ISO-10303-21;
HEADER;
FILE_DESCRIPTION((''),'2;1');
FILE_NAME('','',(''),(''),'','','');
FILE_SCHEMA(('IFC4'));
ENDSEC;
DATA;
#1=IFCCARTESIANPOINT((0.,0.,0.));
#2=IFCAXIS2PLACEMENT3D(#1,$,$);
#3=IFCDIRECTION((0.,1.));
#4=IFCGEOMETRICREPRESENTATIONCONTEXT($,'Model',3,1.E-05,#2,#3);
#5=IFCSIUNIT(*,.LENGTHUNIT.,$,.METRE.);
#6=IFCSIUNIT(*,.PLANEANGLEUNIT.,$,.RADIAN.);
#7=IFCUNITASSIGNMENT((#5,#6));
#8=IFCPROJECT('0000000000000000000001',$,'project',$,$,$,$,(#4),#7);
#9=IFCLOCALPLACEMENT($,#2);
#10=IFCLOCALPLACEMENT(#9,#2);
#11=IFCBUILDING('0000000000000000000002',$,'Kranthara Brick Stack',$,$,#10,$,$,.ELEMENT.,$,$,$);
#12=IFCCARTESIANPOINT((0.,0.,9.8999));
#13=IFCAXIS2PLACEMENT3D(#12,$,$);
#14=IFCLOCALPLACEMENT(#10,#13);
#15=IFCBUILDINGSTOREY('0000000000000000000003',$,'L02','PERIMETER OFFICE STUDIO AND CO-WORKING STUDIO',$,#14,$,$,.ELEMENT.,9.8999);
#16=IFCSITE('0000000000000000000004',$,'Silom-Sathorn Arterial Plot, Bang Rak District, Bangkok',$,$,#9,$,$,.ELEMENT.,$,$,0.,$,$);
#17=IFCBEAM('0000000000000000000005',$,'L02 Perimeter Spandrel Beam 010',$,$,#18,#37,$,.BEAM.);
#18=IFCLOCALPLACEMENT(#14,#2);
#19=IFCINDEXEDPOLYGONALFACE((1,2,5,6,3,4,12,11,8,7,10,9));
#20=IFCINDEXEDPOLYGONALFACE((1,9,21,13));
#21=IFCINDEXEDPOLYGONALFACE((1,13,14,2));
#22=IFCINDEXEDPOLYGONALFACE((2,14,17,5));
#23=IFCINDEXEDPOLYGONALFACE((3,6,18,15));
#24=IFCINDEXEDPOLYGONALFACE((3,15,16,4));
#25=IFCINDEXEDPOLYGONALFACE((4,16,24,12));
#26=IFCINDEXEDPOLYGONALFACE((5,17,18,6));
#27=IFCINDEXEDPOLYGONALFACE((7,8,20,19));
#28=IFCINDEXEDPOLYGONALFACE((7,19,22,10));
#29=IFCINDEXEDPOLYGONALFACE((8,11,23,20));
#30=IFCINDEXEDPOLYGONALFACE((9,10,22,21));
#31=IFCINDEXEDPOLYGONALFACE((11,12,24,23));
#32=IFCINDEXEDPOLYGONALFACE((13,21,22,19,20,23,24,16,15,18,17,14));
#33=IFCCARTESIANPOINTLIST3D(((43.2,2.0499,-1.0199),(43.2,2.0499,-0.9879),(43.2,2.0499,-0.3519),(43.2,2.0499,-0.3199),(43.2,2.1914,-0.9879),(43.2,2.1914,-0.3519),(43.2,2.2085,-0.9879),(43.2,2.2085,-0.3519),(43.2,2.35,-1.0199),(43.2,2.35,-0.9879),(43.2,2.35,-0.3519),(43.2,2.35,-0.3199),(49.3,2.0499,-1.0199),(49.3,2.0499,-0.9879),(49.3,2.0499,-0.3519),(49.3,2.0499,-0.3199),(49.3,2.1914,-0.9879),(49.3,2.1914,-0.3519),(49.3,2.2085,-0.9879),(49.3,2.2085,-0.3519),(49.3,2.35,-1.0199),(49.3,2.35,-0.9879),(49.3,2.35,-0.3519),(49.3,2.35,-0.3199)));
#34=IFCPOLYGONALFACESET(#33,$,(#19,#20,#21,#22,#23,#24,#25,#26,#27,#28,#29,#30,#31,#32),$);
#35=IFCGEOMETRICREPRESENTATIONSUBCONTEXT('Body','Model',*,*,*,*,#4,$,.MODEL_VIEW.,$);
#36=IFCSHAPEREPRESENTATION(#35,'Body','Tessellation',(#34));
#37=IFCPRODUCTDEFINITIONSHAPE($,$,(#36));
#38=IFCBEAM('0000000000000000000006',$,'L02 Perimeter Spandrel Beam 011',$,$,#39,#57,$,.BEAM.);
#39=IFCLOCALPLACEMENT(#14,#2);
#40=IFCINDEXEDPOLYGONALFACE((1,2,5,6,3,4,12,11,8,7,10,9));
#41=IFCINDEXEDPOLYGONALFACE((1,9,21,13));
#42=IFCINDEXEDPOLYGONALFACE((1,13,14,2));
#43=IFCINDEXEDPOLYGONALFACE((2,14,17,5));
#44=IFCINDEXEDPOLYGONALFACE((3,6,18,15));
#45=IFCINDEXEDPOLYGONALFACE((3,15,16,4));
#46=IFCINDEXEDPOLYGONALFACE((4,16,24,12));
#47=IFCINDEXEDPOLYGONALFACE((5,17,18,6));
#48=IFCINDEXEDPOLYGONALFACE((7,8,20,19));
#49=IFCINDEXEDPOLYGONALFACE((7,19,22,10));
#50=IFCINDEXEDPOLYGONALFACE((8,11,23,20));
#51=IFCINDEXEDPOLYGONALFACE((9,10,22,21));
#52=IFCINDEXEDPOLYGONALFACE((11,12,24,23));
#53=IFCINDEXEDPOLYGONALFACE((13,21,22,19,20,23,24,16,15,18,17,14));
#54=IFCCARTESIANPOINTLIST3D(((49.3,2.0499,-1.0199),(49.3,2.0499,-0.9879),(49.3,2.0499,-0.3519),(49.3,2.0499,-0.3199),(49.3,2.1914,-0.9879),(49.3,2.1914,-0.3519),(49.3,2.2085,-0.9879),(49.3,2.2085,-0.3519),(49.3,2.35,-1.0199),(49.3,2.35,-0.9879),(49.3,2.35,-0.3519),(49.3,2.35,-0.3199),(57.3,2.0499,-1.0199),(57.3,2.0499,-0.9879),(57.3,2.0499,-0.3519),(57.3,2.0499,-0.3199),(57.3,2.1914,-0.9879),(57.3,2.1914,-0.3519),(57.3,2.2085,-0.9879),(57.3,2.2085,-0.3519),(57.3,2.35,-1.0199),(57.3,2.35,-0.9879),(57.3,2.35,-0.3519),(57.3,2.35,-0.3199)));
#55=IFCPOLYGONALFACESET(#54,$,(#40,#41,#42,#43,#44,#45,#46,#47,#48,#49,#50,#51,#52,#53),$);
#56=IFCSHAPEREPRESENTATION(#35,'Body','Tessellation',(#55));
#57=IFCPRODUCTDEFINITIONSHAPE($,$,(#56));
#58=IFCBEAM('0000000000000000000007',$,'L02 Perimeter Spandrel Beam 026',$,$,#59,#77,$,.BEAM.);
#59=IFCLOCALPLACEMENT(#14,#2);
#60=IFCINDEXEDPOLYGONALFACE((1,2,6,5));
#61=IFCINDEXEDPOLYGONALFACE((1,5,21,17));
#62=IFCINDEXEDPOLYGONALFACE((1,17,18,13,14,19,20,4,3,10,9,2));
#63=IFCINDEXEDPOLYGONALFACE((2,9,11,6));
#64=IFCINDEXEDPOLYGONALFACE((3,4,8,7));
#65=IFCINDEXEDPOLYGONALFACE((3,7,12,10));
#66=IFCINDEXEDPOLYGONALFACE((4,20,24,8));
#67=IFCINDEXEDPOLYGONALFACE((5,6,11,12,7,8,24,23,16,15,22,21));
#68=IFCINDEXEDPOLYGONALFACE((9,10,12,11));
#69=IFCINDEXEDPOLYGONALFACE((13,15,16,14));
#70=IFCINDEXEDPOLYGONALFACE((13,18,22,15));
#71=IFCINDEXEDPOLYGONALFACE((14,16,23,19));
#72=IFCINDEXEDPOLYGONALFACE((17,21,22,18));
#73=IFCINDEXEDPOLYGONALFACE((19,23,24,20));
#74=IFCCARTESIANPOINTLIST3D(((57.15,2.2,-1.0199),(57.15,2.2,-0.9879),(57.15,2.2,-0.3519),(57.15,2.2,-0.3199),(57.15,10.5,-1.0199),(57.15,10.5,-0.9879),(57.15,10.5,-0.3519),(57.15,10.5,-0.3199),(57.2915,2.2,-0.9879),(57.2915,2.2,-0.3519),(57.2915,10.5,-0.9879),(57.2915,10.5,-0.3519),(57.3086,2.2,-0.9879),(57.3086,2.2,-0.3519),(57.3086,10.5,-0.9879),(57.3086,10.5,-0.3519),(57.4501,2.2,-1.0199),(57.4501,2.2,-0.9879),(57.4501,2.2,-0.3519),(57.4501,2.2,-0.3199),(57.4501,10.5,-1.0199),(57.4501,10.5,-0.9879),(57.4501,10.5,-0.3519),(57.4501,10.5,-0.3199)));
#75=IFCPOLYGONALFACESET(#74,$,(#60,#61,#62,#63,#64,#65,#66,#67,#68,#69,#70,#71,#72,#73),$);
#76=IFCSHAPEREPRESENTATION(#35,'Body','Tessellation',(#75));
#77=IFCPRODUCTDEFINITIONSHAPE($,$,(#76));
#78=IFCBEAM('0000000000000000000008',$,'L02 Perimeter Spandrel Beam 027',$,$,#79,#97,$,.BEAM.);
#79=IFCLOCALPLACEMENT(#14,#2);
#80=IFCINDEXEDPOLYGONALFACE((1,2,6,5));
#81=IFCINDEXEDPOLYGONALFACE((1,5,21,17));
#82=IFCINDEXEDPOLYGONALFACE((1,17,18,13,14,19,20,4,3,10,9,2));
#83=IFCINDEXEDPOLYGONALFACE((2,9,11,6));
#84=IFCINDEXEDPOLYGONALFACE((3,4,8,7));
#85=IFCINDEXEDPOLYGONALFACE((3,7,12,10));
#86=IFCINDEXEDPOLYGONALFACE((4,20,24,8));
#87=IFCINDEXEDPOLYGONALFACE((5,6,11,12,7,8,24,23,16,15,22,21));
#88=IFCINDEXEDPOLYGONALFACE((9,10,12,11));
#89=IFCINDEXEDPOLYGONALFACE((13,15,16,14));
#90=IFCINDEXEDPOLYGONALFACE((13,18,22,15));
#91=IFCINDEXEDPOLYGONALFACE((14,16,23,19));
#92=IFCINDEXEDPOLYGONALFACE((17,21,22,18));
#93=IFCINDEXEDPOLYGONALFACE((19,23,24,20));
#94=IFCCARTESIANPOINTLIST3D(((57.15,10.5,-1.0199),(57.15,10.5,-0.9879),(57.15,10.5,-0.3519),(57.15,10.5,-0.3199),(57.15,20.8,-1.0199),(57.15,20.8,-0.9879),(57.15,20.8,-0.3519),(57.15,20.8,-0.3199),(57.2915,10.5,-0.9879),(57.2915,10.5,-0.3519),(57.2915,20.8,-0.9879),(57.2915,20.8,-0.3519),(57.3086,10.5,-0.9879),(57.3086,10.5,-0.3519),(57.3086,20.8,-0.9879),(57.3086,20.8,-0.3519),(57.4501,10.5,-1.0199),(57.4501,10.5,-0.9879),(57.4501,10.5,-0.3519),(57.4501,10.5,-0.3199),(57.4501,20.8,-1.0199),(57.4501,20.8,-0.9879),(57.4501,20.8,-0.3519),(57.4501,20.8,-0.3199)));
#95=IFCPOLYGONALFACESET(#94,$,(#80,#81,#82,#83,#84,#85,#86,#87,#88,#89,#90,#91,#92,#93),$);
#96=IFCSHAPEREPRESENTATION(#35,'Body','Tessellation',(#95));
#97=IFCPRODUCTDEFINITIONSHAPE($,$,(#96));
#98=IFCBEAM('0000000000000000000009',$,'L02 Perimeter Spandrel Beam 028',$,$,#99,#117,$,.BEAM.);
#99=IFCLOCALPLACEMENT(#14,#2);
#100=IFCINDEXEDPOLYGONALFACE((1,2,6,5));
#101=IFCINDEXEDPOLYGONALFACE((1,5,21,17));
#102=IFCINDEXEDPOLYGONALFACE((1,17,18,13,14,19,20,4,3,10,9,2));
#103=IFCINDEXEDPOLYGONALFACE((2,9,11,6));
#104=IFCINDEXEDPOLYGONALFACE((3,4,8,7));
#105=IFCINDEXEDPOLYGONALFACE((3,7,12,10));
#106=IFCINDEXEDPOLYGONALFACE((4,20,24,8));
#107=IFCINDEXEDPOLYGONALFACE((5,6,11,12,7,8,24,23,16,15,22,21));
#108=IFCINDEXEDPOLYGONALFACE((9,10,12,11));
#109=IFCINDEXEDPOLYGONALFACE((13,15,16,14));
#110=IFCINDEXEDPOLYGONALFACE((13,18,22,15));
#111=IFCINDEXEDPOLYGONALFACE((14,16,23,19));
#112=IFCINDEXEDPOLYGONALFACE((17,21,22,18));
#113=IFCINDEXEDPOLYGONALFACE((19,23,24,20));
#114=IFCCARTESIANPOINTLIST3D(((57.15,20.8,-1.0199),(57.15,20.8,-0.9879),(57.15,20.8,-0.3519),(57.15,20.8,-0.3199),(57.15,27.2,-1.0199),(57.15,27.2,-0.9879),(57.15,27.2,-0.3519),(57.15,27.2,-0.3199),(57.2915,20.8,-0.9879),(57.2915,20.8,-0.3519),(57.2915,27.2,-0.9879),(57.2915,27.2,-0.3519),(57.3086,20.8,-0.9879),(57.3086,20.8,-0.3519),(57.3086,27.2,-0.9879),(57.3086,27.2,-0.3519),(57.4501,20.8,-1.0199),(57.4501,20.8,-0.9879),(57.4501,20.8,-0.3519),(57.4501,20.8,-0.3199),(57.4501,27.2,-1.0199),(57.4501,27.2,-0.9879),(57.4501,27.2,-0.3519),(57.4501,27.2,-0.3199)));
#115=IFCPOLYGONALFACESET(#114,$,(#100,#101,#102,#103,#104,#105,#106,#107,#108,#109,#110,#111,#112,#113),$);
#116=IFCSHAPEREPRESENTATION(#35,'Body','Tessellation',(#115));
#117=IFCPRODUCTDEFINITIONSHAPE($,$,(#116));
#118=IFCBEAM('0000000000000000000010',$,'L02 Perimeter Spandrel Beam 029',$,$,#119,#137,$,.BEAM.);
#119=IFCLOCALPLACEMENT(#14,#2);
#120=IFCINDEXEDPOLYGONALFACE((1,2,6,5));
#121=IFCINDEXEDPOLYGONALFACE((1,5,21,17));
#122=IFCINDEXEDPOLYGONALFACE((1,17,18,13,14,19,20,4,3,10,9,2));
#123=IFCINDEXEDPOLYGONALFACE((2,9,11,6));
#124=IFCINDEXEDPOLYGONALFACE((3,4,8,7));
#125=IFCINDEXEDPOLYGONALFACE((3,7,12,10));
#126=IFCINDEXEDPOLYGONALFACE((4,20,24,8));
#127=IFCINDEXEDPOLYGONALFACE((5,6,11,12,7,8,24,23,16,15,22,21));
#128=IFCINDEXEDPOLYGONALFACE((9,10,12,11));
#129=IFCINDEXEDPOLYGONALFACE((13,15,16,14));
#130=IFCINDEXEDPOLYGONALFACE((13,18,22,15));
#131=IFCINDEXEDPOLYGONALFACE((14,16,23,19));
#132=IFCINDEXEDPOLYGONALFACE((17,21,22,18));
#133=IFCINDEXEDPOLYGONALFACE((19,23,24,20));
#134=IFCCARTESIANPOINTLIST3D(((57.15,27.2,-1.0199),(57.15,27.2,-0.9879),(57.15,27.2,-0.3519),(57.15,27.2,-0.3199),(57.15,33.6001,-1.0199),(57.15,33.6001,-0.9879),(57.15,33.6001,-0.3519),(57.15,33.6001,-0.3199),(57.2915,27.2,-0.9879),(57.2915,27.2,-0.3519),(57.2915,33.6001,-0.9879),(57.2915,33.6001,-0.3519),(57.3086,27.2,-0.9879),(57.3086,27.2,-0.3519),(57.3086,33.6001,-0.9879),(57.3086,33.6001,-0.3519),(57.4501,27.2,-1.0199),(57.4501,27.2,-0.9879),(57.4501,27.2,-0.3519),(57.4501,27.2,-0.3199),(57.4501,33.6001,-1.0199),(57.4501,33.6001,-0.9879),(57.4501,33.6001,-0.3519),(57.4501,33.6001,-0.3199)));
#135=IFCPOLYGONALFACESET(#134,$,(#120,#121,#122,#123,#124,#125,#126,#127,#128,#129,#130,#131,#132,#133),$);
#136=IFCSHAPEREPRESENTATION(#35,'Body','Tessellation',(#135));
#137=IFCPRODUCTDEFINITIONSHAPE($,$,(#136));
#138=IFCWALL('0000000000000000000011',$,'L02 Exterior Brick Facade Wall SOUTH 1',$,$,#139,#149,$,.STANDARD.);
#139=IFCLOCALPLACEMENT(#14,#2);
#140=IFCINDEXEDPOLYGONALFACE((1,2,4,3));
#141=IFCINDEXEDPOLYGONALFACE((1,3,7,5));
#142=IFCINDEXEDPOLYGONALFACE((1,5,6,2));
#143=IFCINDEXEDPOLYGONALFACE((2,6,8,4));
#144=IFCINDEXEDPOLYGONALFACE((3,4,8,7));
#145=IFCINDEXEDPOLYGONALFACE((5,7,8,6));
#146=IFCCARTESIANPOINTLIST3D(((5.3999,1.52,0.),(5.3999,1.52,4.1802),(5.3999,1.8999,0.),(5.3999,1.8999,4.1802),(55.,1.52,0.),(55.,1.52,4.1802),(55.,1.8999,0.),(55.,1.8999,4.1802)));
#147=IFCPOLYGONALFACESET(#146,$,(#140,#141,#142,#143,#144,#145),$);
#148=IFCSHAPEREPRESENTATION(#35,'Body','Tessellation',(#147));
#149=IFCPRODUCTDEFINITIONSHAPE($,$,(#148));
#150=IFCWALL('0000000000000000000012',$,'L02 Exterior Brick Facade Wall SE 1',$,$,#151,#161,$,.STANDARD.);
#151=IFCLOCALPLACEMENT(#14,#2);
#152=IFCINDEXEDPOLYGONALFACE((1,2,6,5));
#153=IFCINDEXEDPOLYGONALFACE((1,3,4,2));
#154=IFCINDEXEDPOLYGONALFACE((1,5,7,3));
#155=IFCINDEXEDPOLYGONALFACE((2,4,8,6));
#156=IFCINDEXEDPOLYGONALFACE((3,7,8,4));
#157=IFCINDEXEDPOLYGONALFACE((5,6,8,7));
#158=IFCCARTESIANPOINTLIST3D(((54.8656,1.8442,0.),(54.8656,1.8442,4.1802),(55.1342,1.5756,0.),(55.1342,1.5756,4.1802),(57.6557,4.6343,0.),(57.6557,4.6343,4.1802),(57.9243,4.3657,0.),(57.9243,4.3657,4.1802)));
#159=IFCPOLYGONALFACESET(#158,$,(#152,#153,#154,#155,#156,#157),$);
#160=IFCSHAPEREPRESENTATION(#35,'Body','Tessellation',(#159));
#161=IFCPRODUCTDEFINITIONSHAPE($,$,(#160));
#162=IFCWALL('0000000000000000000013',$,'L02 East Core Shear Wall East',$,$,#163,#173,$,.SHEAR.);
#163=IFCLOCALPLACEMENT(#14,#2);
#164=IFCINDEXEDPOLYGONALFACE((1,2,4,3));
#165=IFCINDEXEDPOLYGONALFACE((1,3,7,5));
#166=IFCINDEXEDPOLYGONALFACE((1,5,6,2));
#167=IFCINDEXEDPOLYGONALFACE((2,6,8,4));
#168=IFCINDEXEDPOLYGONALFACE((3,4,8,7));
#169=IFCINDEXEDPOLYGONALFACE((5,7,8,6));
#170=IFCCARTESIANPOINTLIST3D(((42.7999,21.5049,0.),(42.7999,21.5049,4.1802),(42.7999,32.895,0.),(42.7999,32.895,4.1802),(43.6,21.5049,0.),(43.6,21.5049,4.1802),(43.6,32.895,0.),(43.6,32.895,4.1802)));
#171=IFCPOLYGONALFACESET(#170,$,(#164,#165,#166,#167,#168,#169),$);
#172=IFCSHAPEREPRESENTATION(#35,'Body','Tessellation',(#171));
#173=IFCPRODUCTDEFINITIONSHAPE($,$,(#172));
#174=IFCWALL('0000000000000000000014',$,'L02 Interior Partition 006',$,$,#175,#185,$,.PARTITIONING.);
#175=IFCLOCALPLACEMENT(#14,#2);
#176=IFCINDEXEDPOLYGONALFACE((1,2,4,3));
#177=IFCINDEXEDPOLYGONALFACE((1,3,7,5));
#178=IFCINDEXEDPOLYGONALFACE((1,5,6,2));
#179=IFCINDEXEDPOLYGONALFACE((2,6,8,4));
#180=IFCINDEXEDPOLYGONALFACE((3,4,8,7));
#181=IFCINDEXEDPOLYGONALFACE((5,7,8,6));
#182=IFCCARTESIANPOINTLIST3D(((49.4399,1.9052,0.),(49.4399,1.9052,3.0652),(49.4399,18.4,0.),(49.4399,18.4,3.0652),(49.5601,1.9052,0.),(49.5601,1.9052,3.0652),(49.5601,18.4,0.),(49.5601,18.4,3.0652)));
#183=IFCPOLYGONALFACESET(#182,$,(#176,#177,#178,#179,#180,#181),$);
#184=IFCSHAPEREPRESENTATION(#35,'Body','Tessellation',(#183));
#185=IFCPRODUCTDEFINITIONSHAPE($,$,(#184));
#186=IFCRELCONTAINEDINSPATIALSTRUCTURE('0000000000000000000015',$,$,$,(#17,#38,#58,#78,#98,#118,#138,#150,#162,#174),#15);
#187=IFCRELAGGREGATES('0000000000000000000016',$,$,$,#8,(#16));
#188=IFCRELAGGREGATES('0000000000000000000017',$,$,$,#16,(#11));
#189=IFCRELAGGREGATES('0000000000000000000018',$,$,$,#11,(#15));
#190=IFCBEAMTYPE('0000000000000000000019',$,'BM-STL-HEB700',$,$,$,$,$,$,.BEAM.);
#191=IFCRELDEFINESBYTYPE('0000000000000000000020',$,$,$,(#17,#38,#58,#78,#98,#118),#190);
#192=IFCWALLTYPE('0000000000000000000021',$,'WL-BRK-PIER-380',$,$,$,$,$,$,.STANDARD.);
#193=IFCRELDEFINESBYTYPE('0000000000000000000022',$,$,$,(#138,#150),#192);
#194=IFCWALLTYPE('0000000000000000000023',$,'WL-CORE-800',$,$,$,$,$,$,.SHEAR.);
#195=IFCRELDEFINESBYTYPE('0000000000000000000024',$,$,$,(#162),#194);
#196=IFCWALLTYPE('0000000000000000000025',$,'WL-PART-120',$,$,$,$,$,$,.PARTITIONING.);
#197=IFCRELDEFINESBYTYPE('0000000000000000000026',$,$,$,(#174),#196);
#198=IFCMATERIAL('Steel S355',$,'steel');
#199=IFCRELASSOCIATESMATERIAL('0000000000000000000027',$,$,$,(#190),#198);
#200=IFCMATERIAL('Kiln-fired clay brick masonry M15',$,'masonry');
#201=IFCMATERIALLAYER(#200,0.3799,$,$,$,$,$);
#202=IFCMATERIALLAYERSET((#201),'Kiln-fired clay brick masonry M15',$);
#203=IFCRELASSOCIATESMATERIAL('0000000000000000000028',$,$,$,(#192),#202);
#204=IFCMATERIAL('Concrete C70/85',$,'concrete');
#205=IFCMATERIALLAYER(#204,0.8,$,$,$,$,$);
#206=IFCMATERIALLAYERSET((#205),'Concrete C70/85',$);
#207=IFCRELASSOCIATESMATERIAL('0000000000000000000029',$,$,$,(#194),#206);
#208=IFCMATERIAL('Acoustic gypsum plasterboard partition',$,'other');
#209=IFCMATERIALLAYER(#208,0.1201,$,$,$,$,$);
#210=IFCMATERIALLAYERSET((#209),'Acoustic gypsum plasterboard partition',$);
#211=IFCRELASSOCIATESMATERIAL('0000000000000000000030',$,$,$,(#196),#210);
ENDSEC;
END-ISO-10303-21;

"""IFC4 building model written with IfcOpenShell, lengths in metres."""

from ifc_helpers import new_model, si_unit, direction, frame, frame_2d, origin, origin_2d, place, context, subcontext, project, spatial, rectangle, i_section, extrude, material, layer, layer_set, material_profile, profile_set, type_object, element, save


model = new_model("IFC4")

# Units and contexts
model_context = context("Model", 3, precision=1e-05, world=origin(), true_north=direction((0.0, 1.0)))
body_context = subcontext(model_context, "Body", "Model", "MODEL_VIEW")
ifc_project = project(units=[si_unit("LENGTHUNIT", "METRE"), si_unit("PLANEANGLEUNIT", "RADIAN")], contexts=[model_context])

# Site, building, storey
site_placement = place(None, origin())
site = spatial("IfcSite", under=ifc_project, at=site_placement, Name="Silom-Sathorn Arterial Plot, Bang Rak District, Bangkok", CompositionType="ELEMENT", RefElevation=0.0)
building_placement = place(site_placement, origin())
building = spatial("IfcBuilding", under=site, at=building_placement, Name="Kranthara Brick Stack", CompositionType="ELEMENT")
storey_placement = place(building_placement, frame((0.0, 0.0, 9.8999)))
storey = spatial("IfcBuildingStorey", under=building, at=storey_placement, Name="L02", Description="PERIMETER OFFICE STUDIO AND CO-WORKING STUDIO", CompositionType="ELEMENT", Elevation=9.8999)

# Beams
ifc_material_1 = material(Name="Steel S355", Category="steel")
ifc_material_profile_1 = material_profile(ifc_material_1, i_section(OverallWidth=0.3, OverallDepth=0.7, WebThickness=0.0171, FlangeThickness=0.032, at=origin_2d()), Name="HEB 700")
ifc_profile_set_1 = profile_set([ifc_material_profile_1], Name="Steel S355")
beam_type_1 = type_object("IfcBeamType", Name="BM-STL-HEB700", PredefinedType="BEAM", material=ifc_profile_set_1)
beam_1_placement = place(storey_placement, frame((43.2, 2.2, -0.6699), z_axis=(1.0, 0.0, 0.0), x_axis=(0.0, 1.0, 0.0)))
element("IfcBeam", 1, at=beam_1_placement, inside=storey, type_object=beam_type_1, Name="L02 Perimeter Spandrel Beam 010", PredefinedType="BEAM", context=body_context, shape_type="SweptSolid", body=[
    extrude(i_section(OverallWidth=0.3, OverallDepth=0.7, WebThickness=0.0171, FlangeThickness=0.032, at=origin_2d()), origin(), (0.0, 0.0, 1.0), 6.1001),
])
beam_2_placement = place(storey_placement, frame((49.3, 2.2, -0.6699), z_axis=(1.0, 0.0, 0.0), x_axis=(0.0, 1.0, 0.0)))
element("IfcBeam", 2, at=beam_2_placement, inside=storey, type_object=beam_type_1, Name="L02 Perimeter Spandrel Beam 011", PredefinedType="BEAM", context=body_context, shape_type="SweptSolid", body=[
    extrude(i_section(OverallWidth=0.3, OverallDepth=0.7, WebThickness=0.0171, FlangeThickness=0.032, at=origin_2d()), origin(), (0.0, 0.0, 1.0), 8.0),
])
beam_3_placement = place(storey_placement, frame((57.3, 2.2, -0.6699), z_axis=(0.0, 1.0, 0.0), x_axis=(-1.0, 0.0, 0.0)))
element("IfcBeam", 3, at=beam_3_placement, inside=storey, type_object=beam_type_1, Name="L02 Perimeter Spandrel Beam 026", PredefinedType="BEAM", context=body_context, shape_type="SweptSolid", body=[
    extrude(i_section(OverallWidth=0.3, OverallDepth=0.7, WebThickness=0.0171, FlangeThickness=0.032, at=origin_2d()), origin(), (0.0, 0.0, 1.0), 8.3),
])
beam_4_placement = place(storey_placement, frame((57.3, 10.5, -0.6699), z_axis=(0.0, 1.0, 0.0), x_axis=(-1.0, 0.0, 0.0)))
element("IfcBeam", 4, at=beam_4_placement, inside=storey, type_object=beam_type_1, Name="L02 Perimeter Spandrel Beam 027", PredefinedType="BEAM", context=body_context, shape_type="SweptSolid", body=[
    extrude(i_section(OverallWidth=0.3, OverallDepth=0.7, WebThickness=0.0171, FlangeThickness=0.032, at=origin_2d()), origin(), (0.0, 0.0, 1.0), 10.3),
])
beam_5_placement = place(storey_placement, frame((57.3, 20.8, -0.6699), z_axis=(0.0, 1.0, 0.0), x_axis=(-1.0, 0.0, 0.0)))
element("IfcBeam", 5, at=beam_5_placement, inside=storey, type_object=beam_type_1, Name="L02 Perimeter Spandrel Beam 028", PredefinedType="BEAM", context=body_context, shape_type="SweptSolid", body=[
    extrude(i_section(OverallWidth=0.3, OverallDepth=0.7, WebThickness=0.0171, FlangeThickness=0.032, at=origin_2d()), origin(), (0.0, 0.0, 1.0), 6.3999),
])
beam_6_placement = place(storey_placement, frame((57.3, 27.2, -0.6699), z_axis=(0.0, 1.0, 0.0), x_axis=(-1.0, 0.0, 0.0)))
element("IfcBeam", 6, at=beam_6_placement, inside=storey, type_object=beam_type_1, Name="L02 Perimeter Spandrel Beam 029", PredefinedType="BEAM", context=body_context, shape_type="SweptSolid", body=[
    extrude(i_section(OverallWidth=0.3, OverallDepth=0.7, WebThickness=0.0171, FlangeThickness=0.032, at=origin_2d()), origin(), (0.0, 0.0, 1.0), 6.4001),
])

# Walls
ifc_material_2 = material(Name="Kiln-fired clay brick masonry M15", Category="masonry")
ifc_layer_1 = layer(ifc_material_2, 0.3799)
ifc_layer_set_1 = layer_set([ifc_layer_1], Name="Kiln-fired clay brick masonry M15")
wall_type_1 = type_object("IfcWallType", Name="WL-BRK-PIER-380", PredefinedType="STANDARD", material=ifc_layer_set_1)
wall_1_placement = place(storey_placement, frame((55.0, 1.71, 0.0), z_axis=(0.0, 0.0, 1.0), x_axis=(-1.0, 0.0, 0.0)))
element("IfcWall", 7, at=wall_1_placement, inside=storey, type_object=wall_type_1, Name="L02 Exterior Brick Facade Wall SOUTH 1", PredefinedType="STANDARD", context=body_context, shape_type="SweptSolid", body=[
    extrude(rectangle(XDim=49.6001, YDim=0.3799, at=frame_2d((24.8, 0.0))), origin(), (0.0, 0.0, 1.0), 4.1802),
])
wall_2_placement = place(storey_placement, frame((57.79, 4.5, 0.0), z_axis=(0.0, 0.0, 1.0), x_axis=(-0.707107, -0.707107, 0.0)))
element("IfcWall", 8, at=wall_2_placement, inside=storey, type_object=wall_type_1, Name="L02 Exterior Brick Facade Wall SE 1", PredefinedType="STANDARD", context=body_context, shape_type="SweptSolid", body=[
    extrude(rectangle(XDim=3.9458, YDim=0.3799, at=frame_2d((1.9729, 0.0))), origin(), (0.0, 0.0, 1.0), 4.1802),
])
ifc_material_3 = material(Name="Concrete C70/85", Category="concrete")
ifc_layer_2 = layer(ifc_material_3, 0.8)
ifc_layer_set_2 = layer_set([ifc_layer_2], Name="Concrete C70/85")
wall_type_2 = type_object("IfcWallType", Name="WL-CORE-800", PredefinedType="SHEAR", material=ifc_layer_set_2)
wall_3_placement = place(storey_placement, frame((43.2, 21.5049, 0.0), z_axis=(0.0, 0.0, 1.0), x_axis=(0.0, 1.0, 0.0)))
element("IfcWall", 9, at=wall_3_placement, inside=storey, type_object=wall_type_2, Name="L02 East Core Shear Wall East", PredefinedType="SHEAR", context=body_context, shape_type="SweptSolid", body=[
    extrude(rectangle(XDim=11.3901, YDim=0.8, at=frame_2d((5.6951, 0.0))), origin(), (0.0, 0.0, 1.0), 4.1802),
])
ifc_material_4 = material(Name="Acoustic gypsum plasterboard partition", Category="other")
ifc_layer_3 = layer(ifc_material_4, 0.1201)
ifc_layer_set_3 = layer_set([ifc_layer_3], Name="Acoustic gypsum plasterboard partition")
wall_type_3 = type_object("IfcWallType", Name="WL-PART-120", PredefinedType="PARTITIONING", material=ifc_layer_set_3)
wall_4_placement = place(storey_placement, frame((49.5, 1.905, 0.0), z_axis=(0.0, 0.0, 1.0), x_axis=(0.0, 1.0, 0.0)))
element("IfcWall", 10, at=wall_4_placement, inside=storey, type_object=wall_type_3, Name="L02 Interior Partition 006", PredefinedType="PARTITIONING", context=body_context, shape_type="SweptSolid", body=[
    extrude(rectangle(XDim=16.4949, YDim=0.1201, at=frame_2d((8.2476, 0.0))), origin(), (0.0, 0.0, 1.0), 3.0652),
])

save(model, "model.ifc")
